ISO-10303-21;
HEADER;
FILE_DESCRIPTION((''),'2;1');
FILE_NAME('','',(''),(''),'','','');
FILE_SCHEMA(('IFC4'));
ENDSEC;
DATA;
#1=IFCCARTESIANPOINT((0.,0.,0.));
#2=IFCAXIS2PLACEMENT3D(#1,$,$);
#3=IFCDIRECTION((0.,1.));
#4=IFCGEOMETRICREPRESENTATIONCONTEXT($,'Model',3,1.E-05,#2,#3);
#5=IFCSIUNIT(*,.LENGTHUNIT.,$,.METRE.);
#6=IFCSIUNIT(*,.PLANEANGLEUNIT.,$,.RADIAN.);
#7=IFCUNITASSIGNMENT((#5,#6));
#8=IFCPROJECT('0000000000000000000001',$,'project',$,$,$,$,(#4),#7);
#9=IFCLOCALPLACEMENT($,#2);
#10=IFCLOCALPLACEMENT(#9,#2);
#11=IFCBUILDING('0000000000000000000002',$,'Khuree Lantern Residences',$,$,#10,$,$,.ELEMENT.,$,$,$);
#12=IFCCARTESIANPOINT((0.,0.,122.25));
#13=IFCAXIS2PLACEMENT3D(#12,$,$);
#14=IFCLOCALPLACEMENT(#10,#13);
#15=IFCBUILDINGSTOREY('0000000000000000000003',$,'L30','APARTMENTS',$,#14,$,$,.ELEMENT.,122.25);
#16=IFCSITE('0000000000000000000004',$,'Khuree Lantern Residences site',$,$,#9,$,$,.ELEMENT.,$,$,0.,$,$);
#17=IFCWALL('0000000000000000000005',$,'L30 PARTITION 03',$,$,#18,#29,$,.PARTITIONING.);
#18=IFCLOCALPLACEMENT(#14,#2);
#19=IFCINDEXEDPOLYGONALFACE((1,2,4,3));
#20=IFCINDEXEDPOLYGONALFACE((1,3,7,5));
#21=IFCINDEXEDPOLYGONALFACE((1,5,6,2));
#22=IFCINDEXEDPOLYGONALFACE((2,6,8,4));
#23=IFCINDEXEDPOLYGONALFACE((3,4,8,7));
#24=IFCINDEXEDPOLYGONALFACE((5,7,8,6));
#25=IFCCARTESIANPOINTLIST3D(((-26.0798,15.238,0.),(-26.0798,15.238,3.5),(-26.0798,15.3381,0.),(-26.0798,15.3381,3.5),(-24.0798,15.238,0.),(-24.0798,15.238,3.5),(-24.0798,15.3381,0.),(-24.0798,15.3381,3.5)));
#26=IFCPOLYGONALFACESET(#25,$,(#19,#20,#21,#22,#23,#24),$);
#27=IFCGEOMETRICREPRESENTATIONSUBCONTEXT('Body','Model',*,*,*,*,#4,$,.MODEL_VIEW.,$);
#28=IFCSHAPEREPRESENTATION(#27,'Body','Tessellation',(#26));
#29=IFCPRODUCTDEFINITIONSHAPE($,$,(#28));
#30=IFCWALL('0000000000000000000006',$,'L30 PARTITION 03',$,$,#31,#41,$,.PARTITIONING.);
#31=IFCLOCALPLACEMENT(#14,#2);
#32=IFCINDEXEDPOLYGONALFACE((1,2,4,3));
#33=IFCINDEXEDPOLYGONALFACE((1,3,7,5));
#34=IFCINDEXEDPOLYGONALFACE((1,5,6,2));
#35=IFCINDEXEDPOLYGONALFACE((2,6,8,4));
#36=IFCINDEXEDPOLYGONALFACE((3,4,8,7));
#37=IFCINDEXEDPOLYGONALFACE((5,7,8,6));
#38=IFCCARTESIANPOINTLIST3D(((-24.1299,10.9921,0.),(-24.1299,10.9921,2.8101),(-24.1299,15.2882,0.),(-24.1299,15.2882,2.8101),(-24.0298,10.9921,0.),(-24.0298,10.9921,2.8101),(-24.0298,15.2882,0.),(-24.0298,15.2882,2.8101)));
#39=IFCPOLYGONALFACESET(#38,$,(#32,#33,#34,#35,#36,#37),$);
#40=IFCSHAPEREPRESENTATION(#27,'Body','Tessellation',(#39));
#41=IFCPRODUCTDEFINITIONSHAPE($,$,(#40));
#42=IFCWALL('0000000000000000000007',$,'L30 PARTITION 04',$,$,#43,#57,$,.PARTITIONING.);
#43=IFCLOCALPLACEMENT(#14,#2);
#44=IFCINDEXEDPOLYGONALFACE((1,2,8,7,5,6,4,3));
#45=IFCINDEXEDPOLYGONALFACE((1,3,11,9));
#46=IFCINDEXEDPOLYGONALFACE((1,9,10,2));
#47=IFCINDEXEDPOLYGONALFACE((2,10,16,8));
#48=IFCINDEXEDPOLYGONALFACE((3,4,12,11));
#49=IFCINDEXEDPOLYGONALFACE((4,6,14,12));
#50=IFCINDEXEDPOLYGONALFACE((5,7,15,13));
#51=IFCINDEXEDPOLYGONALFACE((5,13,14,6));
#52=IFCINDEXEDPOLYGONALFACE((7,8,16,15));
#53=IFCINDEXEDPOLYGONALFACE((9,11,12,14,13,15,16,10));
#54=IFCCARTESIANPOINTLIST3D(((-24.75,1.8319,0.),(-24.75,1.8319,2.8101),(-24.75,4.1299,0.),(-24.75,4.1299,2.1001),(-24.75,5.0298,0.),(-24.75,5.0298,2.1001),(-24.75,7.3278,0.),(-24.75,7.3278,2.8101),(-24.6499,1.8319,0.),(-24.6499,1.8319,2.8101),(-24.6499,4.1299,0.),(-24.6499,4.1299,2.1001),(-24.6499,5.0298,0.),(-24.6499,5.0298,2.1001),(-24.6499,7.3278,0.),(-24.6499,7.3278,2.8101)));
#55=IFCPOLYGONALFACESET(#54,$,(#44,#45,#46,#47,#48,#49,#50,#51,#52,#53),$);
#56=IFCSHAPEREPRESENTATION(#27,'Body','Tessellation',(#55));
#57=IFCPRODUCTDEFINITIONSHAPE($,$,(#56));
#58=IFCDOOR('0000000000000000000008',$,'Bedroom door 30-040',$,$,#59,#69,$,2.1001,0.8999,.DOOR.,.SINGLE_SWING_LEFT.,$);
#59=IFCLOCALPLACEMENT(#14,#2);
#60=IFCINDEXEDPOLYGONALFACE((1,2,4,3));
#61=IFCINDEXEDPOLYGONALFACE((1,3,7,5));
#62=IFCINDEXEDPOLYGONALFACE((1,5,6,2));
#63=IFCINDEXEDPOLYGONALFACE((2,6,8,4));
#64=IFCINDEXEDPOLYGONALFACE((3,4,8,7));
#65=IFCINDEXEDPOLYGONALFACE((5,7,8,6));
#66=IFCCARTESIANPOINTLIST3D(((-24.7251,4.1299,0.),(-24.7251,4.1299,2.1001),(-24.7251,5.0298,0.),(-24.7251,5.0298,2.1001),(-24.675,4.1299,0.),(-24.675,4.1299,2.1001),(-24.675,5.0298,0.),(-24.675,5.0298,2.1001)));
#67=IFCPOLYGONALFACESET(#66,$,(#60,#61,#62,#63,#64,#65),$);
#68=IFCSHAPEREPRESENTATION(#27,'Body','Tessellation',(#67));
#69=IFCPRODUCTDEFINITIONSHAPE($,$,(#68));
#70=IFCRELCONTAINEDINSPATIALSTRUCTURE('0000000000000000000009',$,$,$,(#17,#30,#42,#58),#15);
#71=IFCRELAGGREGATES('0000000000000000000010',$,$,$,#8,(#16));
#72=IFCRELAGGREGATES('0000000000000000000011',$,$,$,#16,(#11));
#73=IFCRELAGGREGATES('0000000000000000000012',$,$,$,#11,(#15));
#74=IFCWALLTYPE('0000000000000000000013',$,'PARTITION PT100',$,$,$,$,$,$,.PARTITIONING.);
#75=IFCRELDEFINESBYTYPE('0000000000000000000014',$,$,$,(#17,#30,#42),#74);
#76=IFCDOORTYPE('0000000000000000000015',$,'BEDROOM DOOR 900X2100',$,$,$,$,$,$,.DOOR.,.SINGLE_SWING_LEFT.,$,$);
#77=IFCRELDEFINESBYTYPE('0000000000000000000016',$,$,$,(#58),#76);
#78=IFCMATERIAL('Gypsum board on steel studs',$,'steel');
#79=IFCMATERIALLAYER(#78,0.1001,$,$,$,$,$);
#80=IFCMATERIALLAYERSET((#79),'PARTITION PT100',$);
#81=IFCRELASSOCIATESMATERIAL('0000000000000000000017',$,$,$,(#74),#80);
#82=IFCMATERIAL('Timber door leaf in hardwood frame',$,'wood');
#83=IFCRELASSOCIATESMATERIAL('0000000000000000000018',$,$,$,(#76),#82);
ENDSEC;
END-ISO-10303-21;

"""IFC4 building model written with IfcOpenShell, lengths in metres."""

from ifc_helpers import new_model, si_unit, direction, frame, frame_2d, origin, place, context, subcontext, project, spatial, rectangle, extrude, material, layer, layer_set, type_object, element, fill, save


model = new_model("IFC4")

# Units and contexts
model_context = context("Model", 3, precision=1e-05, world=origin(), true_north=direction((0.0, 1.0)))
body_context = subcontext(model_context, "Body", "Model", "MODEL_VIEW")
ifc_project = project(units=[si_unit("LENGTHUNIT", "METRE"), si_unit("PLANEANGLEUNIT", "RADIAN")], contexts=[model_context])

# Site, building, storey
site_placement = place(None, origin())
site = spatial("IfcSite", under=ifc_project, at=site_placement, Name="Khuree Lantern Residences site", CompositionType="ELEMENT", RefElevation=0.0)
building_placement = place(site_placement, origin())
building = spatial("IfcBuilding", under=site, at=building_placement, Name="Khuree Lantern Residences", CompositionType="ELEMENT")
storey_placement = place(building_placement, frame((0.0, 0.0, 122.25)))
storey = spatial("IfcBuildingStorey", under=building, at=storey_placement, Name="L30", Description="APARTMENTS", CompositionType="ELEMENT", Elevation=122.25)

# Shared definitions
ifc_material_1 = material(Name="Timber door leaf in hardwood frame", Category="wood")

# Shared definitions
ifc_material_2 = material(Name="Gypsum board on steel studs", Category="steel")
ifc_layer_1 = layer(ifc_material_2, 0.1001)
ifc_layer_set_1 = layer_set([ifc_layer_1], Name="PARTITION PT100")
wall_type_1 = type_object("IfcWallType", Name="PARTITION PT100", PredefinedType="PARTITIONING", material=ifc_layer_set_1)

# Shared definitions
door_type_1 = type_object("IfcDoorType", Name="BEDROOM DOOR 900X2100", OperationType="SINGLE_SWING_LEFT", PredefinedType="DOOR", material=ifc_material_1)

# Walls
wall_1_placement = place(storey_placement, frame((-24.0798, 15.2881, 0.0), z_axis=(0.0, 0.0, 1.0), x_axis=(-1.0, 0.0, 0.0)))
element("IfcWall", 1, at=wall_1_placement, inside=storey, type_object=wall_type_1, Name="L30 PARTITION 03", PredefinedType="PARTITIONING", context=body_context, shape_type="SweptSolid", body=[
    extrude(rectangle(XDim=2.0, YDim=0.1001, at=frame_2d((1.0, 0.0))), origin(), (0.0, 0.0, 1.0), 3.5),
])
wall_2_placement = place(storey_placement, frame((-24.0798, 15.2881, 0.0), z_axis=(0.0, 0.0, 1.0), x_axis=(0.0, -1.0, 0.0)))
element("IfcWall", 2, at=wall_2_placement, inside=storey, type_object=wall_type_1, Name="L30 PARTITION 03", PredefinedType="PARTITIONING", context=body_context, shape_type="SweptSolid", body=[
    extrude(rectangle(XDim=4.2961, YDim=0.1001, at=frame_2d((2.1479, 0.0))), origin(), (0.0, 0.0, 1.0), 2.8101),
])

# Wall, opening, door
wall_3_placement = place(storey_placement, frame((-24.7, 7.3279, 0.0), z_axis=(0.0, 0.0, 1.0), x_axis=(0.0, -1.0, 0.0)))
wall_3 = element("IfcWall", 3, at=wall_3_placement, inside=storey, type_object=wall_type_1, Name="L30 PARTITION 04", PredefinedType="PARTITIONING", context=body_context, shape_type="SweptSolid", body=[
    extrude(rectangle(XDim=5.4958, YDim=0.1001, at=frame_2d((2.748, 0.0))), origin(), (0.0, 0.0, 1.0), 2.8101),
])
opening_1_placement = place(wall_3_placement, frame((2.2981, 0.0, 0.0)))
opening_1 = element("IfcOpeningElement", 4, at=opening_1_placement, cuts=wall_3, PredefinedType="OPENING", context=body_context, shape_type="SweptSolid", body=[
    extrude(rectangle(XDim=0.8999, YDim=2.1001, at=frame_2d((0.45, 1.05))), frame((0.0, 0.0601, 0.0), z_axis=(0.0, -1.0, 0.0), x_axis=(1.0, 0.0, 0.0)), (0.0, 0.0, 1.0), 0.1201),
])
door_1_placement = place(opening_1_placement, origin())
door_1 = element("IfcDoor", 5, at=door_1_placement, inside=storey, type_object=door_type_1, Name="Bedroom door 30-040", OperationType="SINGLE_SWING_LEFT", OverallHeight=2.1001, OverallWidth=0.8999, PredefinedType="DOOR", context=body_context, shape_type="SweptSolid", body=[
    extrude(rectangle(XDim=0.8999, YDim=2.1001, at=frame_2d((0.45, 1.05))), frame((0.0, 0.0249, 0.0), z_axis=(0.0, -1.0, 0.0), x_axis=(1.0, 0.0, 0.0)), (0.0, 0.0, 1.0), 0.05),
])
fill(opening_1, door_1)

save(model, "model.ifc")
